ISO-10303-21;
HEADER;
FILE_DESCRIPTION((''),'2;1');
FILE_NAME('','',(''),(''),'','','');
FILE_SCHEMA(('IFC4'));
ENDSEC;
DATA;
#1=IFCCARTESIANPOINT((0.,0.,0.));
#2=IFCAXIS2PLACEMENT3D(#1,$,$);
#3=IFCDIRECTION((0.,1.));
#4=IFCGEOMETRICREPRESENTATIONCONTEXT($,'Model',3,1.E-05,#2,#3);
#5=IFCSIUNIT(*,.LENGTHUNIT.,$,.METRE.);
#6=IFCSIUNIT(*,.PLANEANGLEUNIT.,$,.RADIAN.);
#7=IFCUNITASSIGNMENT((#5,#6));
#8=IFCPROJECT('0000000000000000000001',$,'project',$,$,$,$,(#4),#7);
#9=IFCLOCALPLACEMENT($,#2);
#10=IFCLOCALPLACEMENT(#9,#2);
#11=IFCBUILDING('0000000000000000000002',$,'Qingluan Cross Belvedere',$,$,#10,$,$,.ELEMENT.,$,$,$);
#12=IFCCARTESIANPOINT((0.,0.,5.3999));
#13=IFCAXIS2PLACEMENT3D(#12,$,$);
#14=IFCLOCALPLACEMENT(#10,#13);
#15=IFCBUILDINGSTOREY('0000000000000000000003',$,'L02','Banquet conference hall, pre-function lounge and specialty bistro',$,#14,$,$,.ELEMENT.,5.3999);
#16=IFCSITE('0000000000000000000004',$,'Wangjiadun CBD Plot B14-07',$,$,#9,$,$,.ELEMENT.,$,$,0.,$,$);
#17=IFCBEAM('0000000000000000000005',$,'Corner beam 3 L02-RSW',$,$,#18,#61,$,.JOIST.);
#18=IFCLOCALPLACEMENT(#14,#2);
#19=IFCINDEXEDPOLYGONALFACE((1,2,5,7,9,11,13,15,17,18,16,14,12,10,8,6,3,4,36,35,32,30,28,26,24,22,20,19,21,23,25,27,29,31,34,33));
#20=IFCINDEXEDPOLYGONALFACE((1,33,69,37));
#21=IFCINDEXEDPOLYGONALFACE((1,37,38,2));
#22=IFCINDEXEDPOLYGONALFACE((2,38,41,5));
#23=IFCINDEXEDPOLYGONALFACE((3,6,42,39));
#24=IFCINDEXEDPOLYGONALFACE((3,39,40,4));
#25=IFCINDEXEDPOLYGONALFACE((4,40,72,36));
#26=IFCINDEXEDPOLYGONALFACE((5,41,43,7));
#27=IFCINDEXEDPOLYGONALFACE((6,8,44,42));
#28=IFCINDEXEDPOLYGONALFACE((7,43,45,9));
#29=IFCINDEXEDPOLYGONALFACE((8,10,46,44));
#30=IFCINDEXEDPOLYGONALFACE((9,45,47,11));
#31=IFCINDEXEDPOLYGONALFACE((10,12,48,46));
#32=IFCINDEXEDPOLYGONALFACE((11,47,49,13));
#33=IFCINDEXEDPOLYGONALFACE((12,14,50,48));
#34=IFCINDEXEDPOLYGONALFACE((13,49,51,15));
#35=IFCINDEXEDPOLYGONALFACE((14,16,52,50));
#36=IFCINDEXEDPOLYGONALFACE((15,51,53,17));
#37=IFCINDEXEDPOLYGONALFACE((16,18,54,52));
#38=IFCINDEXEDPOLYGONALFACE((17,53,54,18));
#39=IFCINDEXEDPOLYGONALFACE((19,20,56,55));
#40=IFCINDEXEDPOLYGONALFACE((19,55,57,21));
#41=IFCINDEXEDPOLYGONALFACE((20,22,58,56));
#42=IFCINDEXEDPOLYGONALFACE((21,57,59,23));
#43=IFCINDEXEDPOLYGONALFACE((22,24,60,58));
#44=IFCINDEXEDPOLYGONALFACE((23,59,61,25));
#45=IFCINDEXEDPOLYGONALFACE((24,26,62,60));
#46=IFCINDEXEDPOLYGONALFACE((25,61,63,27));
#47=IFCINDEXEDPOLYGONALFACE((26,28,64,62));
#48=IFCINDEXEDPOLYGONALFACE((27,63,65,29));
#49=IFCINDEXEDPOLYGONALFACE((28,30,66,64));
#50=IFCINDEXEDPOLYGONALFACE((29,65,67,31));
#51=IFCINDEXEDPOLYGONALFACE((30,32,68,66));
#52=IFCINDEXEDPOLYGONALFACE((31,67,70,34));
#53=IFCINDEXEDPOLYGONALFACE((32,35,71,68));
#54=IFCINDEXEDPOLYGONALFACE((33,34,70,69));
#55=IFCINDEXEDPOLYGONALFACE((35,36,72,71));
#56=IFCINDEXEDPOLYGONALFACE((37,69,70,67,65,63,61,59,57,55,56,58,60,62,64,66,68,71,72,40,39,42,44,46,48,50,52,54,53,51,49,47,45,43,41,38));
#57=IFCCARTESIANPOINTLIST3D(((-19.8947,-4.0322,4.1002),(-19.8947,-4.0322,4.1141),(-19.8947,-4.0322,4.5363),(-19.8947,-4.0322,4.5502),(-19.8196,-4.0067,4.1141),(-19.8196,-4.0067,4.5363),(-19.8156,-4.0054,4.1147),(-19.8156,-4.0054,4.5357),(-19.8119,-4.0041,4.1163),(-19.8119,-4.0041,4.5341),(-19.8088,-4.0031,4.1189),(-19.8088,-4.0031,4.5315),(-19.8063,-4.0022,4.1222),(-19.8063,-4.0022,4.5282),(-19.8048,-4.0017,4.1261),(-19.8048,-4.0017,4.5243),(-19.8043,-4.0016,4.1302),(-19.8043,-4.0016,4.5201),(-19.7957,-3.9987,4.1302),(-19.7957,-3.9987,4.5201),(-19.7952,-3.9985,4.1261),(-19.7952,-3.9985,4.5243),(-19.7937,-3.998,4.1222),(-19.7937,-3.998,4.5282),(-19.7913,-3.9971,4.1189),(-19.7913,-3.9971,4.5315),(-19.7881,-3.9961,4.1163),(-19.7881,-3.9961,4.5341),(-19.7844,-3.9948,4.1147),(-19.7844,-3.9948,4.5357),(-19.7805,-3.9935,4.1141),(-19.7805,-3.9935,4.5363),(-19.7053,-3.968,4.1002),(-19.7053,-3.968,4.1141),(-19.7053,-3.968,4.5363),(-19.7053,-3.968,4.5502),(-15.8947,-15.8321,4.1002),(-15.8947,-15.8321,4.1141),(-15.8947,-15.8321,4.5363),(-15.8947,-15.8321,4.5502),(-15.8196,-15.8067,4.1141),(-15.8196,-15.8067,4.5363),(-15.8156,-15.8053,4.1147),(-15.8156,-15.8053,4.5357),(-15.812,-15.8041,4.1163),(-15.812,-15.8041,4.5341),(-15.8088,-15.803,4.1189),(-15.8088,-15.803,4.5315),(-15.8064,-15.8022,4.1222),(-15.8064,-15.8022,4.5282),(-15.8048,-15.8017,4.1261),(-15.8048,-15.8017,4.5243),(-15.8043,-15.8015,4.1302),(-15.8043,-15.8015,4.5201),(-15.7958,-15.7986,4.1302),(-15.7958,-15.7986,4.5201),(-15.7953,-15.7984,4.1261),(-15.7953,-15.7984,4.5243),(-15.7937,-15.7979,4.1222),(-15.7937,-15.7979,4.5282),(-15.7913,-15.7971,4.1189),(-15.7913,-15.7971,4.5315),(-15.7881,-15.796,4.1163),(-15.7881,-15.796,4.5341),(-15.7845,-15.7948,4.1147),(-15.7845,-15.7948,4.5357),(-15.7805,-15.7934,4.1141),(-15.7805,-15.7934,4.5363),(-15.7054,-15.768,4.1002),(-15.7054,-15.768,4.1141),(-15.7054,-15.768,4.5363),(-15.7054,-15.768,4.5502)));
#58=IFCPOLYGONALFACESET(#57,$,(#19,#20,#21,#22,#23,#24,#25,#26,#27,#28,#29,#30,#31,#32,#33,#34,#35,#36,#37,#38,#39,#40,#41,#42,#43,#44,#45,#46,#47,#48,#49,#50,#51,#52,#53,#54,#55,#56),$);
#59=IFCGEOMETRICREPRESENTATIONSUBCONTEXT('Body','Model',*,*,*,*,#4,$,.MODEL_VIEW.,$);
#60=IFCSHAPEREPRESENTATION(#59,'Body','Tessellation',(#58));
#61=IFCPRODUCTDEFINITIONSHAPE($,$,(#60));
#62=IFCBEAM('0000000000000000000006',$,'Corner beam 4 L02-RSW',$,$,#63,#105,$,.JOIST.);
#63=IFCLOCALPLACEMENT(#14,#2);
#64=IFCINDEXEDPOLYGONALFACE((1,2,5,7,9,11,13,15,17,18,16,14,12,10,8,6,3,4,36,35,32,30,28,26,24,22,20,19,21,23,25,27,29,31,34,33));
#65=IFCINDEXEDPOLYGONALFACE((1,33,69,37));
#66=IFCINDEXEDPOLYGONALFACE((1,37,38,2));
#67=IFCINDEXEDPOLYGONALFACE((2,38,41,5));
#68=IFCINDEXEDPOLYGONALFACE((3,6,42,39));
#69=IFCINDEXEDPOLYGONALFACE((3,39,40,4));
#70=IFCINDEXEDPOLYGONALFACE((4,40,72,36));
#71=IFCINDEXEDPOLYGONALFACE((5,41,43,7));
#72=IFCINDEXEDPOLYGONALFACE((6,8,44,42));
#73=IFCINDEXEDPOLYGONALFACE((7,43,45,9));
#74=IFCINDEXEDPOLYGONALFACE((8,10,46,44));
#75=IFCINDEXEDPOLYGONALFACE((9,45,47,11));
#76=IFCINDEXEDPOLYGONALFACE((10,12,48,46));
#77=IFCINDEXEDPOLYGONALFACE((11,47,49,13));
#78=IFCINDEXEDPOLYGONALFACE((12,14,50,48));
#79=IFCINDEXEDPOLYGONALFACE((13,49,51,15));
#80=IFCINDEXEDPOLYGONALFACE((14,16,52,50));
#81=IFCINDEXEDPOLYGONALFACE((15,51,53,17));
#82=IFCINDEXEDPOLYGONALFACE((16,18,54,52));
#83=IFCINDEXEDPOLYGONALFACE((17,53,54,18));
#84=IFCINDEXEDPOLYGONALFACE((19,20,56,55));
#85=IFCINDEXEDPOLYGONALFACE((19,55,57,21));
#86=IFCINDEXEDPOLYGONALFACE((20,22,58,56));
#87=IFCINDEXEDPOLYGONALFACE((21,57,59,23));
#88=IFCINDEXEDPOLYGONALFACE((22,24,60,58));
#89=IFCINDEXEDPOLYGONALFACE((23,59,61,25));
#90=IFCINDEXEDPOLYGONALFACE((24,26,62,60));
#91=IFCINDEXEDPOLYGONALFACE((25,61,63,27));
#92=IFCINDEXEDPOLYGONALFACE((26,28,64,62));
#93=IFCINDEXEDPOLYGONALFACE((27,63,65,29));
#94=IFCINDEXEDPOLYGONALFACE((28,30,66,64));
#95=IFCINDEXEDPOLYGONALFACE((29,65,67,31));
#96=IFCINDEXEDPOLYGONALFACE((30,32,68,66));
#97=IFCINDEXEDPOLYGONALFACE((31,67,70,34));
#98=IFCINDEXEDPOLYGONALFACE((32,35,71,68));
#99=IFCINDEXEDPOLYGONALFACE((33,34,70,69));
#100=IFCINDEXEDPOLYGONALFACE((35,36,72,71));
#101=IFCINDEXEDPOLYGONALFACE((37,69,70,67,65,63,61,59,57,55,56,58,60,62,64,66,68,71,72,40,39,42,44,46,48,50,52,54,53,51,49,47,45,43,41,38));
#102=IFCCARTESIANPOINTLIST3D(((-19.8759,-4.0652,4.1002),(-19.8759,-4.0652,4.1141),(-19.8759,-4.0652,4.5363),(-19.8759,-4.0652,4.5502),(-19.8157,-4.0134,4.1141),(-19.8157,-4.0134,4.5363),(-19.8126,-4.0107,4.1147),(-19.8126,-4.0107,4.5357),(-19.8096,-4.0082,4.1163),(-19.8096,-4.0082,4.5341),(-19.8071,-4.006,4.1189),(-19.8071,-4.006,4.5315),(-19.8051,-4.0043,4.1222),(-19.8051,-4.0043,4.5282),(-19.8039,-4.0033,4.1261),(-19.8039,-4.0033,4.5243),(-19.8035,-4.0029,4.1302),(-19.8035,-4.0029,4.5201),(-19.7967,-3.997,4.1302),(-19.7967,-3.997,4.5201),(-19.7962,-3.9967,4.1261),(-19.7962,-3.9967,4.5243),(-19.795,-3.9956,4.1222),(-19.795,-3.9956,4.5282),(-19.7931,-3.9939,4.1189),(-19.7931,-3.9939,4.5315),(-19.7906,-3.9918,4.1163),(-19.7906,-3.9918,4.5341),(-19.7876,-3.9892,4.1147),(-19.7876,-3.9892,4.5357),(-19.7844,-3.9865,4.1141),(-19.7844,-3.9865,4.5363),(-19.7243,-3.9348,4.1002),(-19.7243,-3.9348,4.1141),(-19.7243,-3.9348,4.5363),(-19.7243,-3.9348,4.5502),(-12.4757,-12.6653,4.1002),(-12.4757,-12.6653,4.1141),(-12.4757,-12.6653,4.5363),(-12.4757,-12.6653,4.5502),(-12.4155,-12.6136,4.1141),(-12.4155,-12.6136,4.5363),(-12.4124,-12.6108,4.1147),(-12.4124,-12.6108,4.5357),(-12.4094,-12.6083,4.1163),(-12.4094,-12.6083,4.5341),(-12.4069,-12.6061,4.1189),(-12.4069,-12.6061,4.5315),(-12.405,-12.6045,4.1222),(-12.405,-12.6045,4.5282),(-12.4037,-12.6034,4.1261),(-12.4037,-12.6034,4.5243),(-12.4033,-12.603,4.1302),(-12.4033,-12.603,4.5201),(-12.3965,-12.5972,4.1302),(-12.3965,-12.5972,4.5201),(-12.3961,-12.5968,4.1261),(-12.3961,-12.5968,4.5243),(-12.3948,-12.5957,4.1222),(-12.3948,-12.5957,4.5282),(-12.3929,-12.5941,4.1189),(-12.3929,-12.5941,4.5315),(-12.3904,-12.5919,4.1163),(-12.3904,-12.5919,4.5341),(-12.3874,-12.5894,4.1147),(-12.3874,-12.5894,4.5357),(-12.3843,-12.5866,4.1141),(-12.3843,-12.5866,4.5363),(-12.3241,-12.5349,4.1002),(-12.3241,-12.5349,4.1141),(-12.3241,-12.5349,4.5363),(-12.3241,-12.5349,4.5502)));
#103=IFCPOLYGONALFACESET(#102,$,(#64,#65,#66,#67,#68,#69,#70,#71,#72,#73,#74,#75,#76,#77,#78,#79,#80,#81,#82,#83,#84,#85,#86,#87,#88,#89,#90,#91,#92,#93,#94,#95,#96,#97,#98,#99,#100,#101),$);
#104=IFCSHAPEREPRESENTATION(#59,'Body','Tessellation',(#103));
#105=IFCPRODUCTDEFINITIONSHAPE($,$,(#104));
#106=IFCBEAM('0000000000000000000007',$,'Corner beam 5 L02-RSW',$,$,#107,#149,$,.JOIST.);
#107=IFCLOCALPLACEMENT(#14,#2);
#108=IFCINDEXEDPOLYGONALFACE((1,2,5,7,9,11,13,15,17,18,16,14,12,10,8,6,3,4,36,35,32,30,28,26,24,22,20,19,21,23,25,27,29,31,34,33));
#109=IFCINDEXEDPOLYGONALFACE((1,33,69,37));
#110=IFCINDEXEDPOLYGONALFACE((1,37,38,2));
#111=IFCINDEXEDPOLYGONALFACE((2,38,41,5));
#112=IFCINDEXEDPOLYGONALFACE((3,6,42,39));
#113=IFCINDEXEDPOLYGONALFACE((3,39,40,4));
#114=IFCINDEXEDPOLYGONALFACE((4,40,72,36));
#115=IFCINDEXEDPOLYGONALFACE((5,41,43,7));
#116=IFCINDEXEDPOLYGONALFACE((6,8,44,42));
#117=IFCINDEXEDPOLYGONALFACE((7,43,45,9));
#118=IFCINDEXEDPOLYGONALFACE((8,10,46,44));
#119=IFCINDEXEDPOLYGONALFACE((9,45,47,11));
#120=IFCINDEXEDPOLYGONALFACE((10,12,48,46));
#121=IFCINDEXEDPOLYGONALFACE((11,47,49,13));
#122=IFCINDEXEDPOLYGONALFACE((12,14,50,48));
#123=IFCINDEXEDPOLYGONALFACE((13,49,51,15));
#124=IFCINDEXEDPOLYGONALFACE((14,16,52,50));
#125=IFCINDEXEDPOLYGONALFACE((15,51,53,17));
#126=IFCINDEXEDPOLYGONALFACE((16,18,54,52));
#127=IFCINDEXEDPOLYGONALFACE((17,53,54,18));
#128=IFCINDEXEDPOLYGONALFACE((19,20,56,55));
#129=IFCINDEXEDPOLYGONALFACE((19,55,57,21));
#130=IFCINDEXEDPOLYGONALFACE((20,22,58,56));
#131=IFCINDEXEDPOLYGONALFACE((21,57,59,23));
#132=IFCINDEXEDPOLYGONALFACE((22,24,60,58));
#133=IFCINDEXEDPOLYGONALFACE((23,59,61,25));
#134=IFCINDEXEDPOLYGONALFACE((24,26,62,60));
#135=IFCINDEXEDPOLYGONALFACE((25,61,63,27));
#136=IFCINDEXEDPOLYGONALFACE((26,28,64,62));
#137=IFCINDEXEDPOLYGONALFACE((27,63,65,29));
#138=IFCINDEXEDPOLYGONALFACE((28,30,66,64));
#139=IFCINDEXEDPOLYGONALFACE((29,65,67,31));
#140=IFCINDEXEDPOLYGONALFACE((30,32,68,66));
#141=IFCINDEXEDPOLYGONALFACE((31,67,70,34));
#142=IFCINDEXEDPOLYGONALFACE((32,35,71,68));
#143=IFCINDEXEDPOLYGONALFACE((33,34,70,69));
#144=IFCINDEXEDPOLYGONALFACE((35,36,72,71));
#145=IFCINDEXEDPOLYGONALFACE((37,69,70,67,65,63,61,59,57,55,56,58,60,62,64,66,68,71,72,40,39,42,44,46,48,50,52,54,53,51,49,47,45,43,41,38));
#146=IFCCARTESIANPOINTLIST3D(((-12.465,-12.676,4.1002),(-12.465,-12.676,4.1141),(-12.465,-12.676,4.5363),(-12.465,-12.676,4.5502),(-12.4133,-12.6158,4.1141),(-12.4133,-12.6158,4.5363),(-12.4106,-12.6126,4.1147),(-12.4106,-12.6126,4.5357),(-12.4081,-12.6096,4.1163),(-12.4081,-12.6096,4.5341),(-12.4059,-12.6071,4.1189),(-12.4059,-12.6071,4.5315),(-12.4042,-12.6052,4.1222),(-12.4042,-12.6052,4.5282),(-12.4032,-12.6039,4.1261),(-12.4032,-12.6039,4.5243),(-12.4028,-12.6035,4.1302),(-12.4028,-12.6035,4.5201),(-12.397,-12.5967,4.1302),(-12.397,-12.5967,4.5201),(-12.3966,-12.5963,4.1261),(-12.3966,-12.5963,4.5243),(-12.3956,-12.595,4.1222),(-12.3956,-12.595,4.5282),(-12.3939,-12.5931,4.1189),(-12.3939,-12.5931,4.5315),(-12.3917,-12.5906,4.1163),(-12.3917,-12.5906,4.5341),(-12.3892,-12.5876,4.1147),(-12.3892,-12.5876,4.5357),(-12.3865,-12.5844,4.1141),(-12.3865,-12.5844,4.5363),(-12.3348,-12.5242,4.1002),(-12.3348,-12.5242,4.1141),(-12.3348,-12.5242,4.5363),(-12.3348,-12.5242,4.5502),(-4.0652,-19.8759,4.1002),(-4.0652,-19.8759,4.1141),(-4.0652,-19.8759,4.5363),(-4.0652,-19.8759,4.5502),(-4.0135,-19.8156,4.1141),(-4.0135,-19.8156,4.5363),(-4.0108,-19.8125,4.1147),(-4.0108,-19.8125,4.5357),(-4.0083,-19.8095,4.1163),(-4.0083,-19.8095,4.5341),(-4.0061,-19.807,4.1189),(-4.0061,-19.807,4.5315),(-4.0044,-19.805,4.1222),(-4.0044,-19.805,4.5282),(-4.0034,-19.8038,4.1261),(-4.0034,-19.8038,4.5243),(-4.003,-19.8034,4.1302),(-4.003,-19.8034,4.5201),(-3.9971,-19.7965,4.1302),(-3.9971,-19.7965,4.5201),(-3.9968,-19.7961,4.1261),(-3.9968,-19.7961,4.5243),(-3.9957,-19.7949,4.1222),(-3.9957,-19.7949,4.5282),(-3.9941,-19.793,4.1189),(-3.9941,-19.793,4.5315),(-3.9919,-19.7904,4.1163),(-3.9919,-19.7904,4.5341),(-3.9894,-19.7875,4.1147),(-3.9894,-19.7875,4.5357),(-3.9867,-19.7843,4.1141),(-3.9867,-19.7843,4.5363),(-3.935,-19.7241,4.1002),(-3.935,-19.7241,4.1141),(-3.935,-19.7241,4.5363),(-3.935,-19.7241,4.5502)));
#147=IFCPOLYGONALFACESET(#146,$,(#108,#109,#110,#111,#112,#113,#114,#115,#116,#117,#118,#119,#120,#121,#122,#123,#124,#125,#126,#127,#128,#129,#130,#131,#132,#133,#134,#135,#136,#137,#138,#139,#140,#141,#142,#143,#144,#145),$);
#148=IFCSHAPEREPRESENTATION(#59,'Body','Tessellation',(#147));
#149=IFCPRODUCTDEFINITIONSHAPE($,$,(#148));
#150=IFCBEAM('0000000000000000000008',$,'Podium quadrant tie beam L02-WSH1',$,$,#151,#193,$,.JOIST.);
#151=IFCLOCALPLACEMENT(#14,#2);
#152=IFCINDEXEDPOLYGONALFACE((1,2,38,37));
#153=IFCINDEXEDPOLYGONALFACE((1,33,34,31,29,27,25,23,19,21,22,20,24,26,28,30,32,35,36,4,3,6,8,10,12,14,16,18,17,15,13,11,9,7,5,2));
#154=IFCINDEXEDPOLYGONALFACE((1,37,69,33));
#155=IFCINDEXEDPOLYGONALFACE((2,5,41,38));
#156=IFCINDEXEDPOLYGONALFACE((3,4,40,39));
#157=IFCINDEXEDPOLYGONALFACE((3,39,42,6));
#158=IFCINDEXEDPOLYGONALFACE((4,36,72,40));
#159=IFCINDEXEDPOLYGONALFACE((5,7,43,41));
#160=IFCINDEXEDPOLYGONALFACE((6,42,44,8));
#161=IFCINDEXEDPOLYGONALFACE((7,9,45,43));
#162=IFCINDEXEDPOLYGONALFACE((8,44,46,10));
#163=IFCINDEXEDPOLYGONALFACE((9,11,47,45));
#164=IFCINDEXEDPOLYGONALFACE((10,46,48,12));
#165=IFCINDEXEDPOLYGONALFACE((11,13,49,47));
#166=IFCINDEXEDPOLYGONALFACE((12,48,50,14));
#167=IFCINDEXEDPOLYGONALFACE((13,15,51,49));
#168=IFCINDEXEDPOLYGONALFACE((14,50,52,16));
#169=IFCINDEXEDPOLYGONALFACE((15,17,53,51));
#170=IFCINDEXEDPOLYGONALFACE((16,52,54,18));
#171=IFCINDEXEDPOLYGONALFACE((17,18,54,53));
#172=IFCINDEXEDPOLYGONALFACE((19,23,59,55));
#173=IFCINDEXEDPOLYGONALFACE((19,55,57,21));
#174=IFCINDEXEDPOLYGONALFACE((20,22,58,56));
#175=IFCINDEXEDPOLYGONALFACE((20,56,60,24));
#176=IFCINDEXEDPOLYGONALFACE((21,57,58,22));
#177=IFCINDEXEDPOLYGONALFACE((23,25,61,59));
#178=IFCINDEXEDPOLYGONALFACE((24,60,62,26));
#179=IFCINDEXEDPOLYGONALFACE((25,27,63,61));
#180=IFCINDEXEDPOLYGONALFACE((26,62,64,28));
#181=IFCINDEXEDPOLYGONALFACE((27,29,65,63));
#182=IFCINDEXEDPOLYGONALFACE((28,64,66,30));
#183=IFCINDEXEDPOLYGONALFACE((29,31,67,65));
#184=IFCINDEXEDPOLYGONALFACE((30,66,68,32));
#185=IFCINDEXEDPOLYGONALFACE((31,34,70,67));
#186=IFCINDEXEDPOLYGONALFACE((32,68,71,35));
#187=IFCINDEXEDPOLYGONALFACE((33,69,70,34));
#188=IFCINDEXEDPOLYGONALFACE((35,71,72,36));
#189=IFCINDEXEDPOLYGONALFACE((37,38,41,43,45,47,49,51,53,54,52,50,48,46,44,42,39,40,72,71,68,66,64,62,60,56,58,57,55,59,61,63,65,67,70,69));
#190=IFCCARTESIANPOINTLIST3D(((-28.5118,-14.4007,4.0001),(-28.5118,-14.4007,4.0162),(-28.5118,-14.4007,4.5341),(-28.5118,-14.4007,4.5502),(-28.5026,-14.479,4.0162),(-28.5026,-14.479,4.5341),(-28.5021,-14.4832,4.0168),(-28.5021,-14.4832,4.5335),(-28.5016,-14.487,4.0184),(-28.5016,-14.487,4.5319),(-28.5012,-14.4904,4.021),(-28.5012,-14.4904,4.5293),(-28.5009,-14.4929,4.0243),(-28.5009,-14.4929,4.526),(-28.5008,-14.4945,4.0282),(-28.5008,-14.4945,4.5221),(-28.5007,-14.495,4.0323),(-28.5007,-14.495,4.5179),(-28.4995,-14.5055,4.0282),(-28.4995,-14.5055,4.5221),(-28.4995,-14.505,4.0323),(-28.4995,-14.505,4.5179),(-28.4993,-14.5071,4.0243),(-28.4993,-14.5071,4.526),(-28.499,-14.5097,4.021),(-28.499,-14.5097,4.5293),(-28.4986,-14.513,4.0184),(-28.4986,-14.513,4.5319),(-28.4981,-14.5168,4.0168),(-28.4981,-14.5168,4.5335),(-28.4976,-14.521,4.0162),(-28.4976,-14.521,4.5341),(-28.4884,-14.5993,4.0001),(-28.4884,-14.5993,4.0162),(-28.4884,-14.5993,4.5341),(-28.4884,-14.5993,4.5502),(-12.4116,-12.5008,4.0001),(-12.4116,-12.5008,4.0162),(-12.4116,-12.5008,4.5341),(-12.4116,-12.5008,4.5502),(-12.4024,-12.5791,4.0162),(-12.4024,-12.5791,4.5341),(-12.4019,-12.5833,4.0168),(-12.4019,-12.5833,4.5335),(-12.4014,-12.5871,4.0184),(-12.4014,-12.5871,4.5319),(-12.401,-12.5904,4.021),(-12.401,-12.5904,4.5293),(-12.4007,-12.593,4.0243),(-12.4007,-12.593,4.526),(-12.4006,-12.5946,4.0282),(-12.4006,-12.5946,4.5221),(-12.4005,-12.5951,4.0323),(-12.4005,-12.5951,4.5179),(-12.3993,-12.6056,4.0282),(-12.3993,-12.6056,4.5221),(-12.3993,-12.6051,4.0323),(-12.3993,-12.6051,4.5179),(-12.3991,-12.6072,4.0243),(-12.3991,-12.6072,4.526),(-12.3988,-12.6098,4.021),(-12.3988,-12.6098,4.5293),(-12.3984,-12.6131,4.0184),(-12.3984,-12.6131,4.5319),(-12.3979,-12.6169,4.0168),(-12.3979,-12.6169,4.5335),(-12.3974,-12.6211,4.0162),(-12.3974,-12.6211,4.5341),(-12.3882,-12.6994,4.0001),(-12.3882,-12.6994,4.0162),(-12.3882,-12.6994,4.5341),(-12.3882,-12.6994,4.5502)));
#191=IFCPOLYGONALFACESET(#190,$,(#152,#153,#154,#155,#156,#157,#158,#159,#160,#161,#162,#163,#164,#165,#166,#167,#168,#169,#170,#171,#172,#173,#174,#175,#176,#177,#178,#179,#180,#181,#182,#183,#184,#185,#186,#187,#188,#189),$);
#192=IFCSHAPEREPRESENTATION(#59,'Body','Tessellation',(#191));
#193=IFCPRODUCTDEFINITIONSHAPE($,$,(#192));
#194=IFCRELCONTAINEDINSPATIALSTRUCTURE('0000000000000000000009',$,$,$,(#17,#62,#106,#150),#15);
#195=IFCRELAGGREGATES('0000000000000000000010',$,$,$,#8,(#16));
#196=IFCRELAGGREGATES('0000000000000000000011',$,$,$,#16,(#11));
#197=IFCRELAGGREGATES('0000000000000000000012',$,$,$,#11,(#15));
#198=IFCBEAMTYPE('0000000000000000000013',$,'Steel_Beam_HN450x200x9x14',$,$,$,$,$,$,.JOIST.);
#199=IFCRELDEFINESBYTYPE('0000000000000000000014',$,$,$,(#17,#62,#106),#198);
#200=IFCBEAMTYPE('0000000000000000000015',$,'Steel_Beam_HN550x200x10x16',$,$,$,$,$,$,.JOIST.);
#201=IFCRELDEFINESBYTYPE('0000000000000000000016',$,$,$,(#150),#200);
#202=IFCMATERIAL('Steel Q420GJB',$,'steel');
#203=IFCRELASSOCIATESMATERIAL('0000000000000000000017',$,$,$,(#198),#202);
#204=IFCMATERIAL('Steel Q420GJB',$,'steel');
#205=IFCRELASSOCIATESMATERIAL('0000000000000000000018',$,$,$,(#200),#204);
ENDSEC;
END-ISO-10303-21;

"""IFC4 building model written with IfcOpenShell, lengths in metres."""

from ifc_helpers import new_model, si_unit, direction, frame, origin, origin_2d, place, context, subcontext, project, spatial, i_section, extrude, material, material_profile, profile_set, type_object, element, save


model = new_model("IFC4")

# Units and contexts
model_context = context("Model", 3, precision=1e-05, world=origin(), true_north=direction((0.0, 1.0)))
body_context = subcontext(model_context, "Body", "Model", "MODEL_VIEW")
ifc_project = project(units=[si_unit("LENGTHUNIT", "METRE"), si_unit("PLANEANGLEUNIT", "RADIAN")], contexts=[model_context])

# Site, building, storey
site_placement = place(None, origin())
site = spatial("IfcSite", under=ifc_project, at=site_placement, Name="Wangjiadun CBD Plot B14-07", CompositionType="ELEMENT", RefElevation=0.0)
building_placement = place(site_placement, origin())
building = spatial("IfcBuilding", under=site, at=building_placement, Name="Qingluan Cross Belvedere", CompositionType="ELEMENT")
storey_placement = place(building_placement, frame((0.0, 0.0, 5.3999)))
storey = spatial("IfcBuildingStorey", under=building, at=storey_placement, Name="L02", Description="Banquet conference hall, pre-function lounge and specialty bistro", CompositionType="ELEMENT", Elevation=5.3999)

# Beams
ifc_material_1 = material(Name="Steel Q420GJB", Category="steel")
ifc_material_profile_1 = material_profile(ifc_material_1, i_section(OverallWidth=0.2, OverallDepth=0.45, WebThickness=0.009, FlangeThickness=0.0139, FilletRadius=0.0161, at=origin_2d()), Name="HN450x200x9x14")
ifc_profile_set_1 = profile_set([ifc_material_profile_1], Name="Steel Q420GJB")
beam_type_1 = type_object("IfcBeamType", Name="Steel_Beam_HN450x200x9x14", PredefinedType="JOIST", material=ifc_profile_set_1)
for number, where, z_axis, x_axis, name in (
    (1, (-15.8, -15.8, 4.3252), (-0.321038, 0.947066, 0.0), (-0.947066, -0.321038, 0.0), "Corner beam 3 L02-RSW"),
):
    element("IfcBeam", number, at=place(storey_placement, frame(where, z_axis=z_axis, x_axis=x_axis)), inside=storey, type_object=beam_type_1, Name=name, PredefinedType="JOIST", context=body_context, shape_type="SweptSolid", body=[
        extrude(i_section(OverallWidth=0.2, OverallDepth=0.45, WebThickness=0.009, FlangeThickness=0.0139, FilletRadius=0.0161, at=origin_2d()), origin(), (0.0, 0.0, 1.0), 12.4595),
    ])
beam_1_placement = place(storey_placement, frame((-12.3999, -12.6001, 4.3252), z_axis=(-0.652245, 0.758008, 0.0), x_axis=(-0.758008, -0.652245, 0.0)))
element("IfcBeam", 2, at=beam_1_placement, inside=storey, type_object=beam_type_1, Name="Corner beam 4 L02-RSW", PredefinedType="JOIST", context=body_context, shape_type="SweptSolid", body=[
    extrude(i_section(OverallWidth=0.2, OverallDepth=0.45, WebThickness=0.009, FlangeThickness=0.0139, FilletRadius=0.0161, at=origin_2d()), origin(), (0.0, 0.0, 1.0), 11.3457),
])
beam_2_placement = place(storey_placement, frame((-12.3999, -12.6001, 4.3252), z_axis=(0.759255, -0.650793, 0.0), x_axis=(0.650793, 0.759255, 0.0)))
element("IfcBeam", 3, at=beam_2_placement, inside=storey, type_object=beam_type_1, Name="Corner beam 5 L02-RSW", PredefinedType="JOIST", context=body_context, shape_type="SweptSolid", body=[
    extrude(i_section(OverallWidth=0.2, OverallDepth=0.45, WebThickness=0.009, FlangeThickness=0.0139, FilletRadius=0.0161, at=origin_2d()), origin(), (0.0, 0.0, 1.0), 11.0632),
])
ifc_material_2 = material(Name="Steel Q420GJB", Category="steel")
ifc_material_profile_2 = material_profile(ifc_material_2, i_section(OverallWidth=0.2, OverallDepth=0.55, WebThickness=0.01, FlangeThickness=0.0161, FilletRadius=0.0161, at=origin_2d()), Name="HN550x200x10x16")
ifc_profile_set_2 = profile_set([ifc_material_profile_2], Name="Steel Q420GJB")
beam_type_2 = type_object("IfcBeamType", Name="Steel_Beam_HN550x200x10x16", PredefinedType="JOIST", material=ifc_profile_set_2)
beam_3_placement = place(storey_placement, frame((-12.3999, -12.6001, 4.2751), z_axis=(-0.993109, -0.117192, 0.0), x_axis=(0.117192, -0.993109, 0.0)))
element("IfcBeam", 4, at=beam_3_placement, inside=storey, type_object=beam_type_2, Name="Podium quadrant tie beam L02-WSH1", PredefinedType="JOIST", context=body_context, shape_type="SweptSolid", body=[
    extrude(i_section(OverallWidth=0.2, OverallDepth=0.55, WebThickness=0.01, FlangeThickness=0.0161, FilletRadius=0.0161, at=origin_2d()), origin(), (0.0, 0.0, 1.0), 16.2119),
])

save(model, "model.ifc")
